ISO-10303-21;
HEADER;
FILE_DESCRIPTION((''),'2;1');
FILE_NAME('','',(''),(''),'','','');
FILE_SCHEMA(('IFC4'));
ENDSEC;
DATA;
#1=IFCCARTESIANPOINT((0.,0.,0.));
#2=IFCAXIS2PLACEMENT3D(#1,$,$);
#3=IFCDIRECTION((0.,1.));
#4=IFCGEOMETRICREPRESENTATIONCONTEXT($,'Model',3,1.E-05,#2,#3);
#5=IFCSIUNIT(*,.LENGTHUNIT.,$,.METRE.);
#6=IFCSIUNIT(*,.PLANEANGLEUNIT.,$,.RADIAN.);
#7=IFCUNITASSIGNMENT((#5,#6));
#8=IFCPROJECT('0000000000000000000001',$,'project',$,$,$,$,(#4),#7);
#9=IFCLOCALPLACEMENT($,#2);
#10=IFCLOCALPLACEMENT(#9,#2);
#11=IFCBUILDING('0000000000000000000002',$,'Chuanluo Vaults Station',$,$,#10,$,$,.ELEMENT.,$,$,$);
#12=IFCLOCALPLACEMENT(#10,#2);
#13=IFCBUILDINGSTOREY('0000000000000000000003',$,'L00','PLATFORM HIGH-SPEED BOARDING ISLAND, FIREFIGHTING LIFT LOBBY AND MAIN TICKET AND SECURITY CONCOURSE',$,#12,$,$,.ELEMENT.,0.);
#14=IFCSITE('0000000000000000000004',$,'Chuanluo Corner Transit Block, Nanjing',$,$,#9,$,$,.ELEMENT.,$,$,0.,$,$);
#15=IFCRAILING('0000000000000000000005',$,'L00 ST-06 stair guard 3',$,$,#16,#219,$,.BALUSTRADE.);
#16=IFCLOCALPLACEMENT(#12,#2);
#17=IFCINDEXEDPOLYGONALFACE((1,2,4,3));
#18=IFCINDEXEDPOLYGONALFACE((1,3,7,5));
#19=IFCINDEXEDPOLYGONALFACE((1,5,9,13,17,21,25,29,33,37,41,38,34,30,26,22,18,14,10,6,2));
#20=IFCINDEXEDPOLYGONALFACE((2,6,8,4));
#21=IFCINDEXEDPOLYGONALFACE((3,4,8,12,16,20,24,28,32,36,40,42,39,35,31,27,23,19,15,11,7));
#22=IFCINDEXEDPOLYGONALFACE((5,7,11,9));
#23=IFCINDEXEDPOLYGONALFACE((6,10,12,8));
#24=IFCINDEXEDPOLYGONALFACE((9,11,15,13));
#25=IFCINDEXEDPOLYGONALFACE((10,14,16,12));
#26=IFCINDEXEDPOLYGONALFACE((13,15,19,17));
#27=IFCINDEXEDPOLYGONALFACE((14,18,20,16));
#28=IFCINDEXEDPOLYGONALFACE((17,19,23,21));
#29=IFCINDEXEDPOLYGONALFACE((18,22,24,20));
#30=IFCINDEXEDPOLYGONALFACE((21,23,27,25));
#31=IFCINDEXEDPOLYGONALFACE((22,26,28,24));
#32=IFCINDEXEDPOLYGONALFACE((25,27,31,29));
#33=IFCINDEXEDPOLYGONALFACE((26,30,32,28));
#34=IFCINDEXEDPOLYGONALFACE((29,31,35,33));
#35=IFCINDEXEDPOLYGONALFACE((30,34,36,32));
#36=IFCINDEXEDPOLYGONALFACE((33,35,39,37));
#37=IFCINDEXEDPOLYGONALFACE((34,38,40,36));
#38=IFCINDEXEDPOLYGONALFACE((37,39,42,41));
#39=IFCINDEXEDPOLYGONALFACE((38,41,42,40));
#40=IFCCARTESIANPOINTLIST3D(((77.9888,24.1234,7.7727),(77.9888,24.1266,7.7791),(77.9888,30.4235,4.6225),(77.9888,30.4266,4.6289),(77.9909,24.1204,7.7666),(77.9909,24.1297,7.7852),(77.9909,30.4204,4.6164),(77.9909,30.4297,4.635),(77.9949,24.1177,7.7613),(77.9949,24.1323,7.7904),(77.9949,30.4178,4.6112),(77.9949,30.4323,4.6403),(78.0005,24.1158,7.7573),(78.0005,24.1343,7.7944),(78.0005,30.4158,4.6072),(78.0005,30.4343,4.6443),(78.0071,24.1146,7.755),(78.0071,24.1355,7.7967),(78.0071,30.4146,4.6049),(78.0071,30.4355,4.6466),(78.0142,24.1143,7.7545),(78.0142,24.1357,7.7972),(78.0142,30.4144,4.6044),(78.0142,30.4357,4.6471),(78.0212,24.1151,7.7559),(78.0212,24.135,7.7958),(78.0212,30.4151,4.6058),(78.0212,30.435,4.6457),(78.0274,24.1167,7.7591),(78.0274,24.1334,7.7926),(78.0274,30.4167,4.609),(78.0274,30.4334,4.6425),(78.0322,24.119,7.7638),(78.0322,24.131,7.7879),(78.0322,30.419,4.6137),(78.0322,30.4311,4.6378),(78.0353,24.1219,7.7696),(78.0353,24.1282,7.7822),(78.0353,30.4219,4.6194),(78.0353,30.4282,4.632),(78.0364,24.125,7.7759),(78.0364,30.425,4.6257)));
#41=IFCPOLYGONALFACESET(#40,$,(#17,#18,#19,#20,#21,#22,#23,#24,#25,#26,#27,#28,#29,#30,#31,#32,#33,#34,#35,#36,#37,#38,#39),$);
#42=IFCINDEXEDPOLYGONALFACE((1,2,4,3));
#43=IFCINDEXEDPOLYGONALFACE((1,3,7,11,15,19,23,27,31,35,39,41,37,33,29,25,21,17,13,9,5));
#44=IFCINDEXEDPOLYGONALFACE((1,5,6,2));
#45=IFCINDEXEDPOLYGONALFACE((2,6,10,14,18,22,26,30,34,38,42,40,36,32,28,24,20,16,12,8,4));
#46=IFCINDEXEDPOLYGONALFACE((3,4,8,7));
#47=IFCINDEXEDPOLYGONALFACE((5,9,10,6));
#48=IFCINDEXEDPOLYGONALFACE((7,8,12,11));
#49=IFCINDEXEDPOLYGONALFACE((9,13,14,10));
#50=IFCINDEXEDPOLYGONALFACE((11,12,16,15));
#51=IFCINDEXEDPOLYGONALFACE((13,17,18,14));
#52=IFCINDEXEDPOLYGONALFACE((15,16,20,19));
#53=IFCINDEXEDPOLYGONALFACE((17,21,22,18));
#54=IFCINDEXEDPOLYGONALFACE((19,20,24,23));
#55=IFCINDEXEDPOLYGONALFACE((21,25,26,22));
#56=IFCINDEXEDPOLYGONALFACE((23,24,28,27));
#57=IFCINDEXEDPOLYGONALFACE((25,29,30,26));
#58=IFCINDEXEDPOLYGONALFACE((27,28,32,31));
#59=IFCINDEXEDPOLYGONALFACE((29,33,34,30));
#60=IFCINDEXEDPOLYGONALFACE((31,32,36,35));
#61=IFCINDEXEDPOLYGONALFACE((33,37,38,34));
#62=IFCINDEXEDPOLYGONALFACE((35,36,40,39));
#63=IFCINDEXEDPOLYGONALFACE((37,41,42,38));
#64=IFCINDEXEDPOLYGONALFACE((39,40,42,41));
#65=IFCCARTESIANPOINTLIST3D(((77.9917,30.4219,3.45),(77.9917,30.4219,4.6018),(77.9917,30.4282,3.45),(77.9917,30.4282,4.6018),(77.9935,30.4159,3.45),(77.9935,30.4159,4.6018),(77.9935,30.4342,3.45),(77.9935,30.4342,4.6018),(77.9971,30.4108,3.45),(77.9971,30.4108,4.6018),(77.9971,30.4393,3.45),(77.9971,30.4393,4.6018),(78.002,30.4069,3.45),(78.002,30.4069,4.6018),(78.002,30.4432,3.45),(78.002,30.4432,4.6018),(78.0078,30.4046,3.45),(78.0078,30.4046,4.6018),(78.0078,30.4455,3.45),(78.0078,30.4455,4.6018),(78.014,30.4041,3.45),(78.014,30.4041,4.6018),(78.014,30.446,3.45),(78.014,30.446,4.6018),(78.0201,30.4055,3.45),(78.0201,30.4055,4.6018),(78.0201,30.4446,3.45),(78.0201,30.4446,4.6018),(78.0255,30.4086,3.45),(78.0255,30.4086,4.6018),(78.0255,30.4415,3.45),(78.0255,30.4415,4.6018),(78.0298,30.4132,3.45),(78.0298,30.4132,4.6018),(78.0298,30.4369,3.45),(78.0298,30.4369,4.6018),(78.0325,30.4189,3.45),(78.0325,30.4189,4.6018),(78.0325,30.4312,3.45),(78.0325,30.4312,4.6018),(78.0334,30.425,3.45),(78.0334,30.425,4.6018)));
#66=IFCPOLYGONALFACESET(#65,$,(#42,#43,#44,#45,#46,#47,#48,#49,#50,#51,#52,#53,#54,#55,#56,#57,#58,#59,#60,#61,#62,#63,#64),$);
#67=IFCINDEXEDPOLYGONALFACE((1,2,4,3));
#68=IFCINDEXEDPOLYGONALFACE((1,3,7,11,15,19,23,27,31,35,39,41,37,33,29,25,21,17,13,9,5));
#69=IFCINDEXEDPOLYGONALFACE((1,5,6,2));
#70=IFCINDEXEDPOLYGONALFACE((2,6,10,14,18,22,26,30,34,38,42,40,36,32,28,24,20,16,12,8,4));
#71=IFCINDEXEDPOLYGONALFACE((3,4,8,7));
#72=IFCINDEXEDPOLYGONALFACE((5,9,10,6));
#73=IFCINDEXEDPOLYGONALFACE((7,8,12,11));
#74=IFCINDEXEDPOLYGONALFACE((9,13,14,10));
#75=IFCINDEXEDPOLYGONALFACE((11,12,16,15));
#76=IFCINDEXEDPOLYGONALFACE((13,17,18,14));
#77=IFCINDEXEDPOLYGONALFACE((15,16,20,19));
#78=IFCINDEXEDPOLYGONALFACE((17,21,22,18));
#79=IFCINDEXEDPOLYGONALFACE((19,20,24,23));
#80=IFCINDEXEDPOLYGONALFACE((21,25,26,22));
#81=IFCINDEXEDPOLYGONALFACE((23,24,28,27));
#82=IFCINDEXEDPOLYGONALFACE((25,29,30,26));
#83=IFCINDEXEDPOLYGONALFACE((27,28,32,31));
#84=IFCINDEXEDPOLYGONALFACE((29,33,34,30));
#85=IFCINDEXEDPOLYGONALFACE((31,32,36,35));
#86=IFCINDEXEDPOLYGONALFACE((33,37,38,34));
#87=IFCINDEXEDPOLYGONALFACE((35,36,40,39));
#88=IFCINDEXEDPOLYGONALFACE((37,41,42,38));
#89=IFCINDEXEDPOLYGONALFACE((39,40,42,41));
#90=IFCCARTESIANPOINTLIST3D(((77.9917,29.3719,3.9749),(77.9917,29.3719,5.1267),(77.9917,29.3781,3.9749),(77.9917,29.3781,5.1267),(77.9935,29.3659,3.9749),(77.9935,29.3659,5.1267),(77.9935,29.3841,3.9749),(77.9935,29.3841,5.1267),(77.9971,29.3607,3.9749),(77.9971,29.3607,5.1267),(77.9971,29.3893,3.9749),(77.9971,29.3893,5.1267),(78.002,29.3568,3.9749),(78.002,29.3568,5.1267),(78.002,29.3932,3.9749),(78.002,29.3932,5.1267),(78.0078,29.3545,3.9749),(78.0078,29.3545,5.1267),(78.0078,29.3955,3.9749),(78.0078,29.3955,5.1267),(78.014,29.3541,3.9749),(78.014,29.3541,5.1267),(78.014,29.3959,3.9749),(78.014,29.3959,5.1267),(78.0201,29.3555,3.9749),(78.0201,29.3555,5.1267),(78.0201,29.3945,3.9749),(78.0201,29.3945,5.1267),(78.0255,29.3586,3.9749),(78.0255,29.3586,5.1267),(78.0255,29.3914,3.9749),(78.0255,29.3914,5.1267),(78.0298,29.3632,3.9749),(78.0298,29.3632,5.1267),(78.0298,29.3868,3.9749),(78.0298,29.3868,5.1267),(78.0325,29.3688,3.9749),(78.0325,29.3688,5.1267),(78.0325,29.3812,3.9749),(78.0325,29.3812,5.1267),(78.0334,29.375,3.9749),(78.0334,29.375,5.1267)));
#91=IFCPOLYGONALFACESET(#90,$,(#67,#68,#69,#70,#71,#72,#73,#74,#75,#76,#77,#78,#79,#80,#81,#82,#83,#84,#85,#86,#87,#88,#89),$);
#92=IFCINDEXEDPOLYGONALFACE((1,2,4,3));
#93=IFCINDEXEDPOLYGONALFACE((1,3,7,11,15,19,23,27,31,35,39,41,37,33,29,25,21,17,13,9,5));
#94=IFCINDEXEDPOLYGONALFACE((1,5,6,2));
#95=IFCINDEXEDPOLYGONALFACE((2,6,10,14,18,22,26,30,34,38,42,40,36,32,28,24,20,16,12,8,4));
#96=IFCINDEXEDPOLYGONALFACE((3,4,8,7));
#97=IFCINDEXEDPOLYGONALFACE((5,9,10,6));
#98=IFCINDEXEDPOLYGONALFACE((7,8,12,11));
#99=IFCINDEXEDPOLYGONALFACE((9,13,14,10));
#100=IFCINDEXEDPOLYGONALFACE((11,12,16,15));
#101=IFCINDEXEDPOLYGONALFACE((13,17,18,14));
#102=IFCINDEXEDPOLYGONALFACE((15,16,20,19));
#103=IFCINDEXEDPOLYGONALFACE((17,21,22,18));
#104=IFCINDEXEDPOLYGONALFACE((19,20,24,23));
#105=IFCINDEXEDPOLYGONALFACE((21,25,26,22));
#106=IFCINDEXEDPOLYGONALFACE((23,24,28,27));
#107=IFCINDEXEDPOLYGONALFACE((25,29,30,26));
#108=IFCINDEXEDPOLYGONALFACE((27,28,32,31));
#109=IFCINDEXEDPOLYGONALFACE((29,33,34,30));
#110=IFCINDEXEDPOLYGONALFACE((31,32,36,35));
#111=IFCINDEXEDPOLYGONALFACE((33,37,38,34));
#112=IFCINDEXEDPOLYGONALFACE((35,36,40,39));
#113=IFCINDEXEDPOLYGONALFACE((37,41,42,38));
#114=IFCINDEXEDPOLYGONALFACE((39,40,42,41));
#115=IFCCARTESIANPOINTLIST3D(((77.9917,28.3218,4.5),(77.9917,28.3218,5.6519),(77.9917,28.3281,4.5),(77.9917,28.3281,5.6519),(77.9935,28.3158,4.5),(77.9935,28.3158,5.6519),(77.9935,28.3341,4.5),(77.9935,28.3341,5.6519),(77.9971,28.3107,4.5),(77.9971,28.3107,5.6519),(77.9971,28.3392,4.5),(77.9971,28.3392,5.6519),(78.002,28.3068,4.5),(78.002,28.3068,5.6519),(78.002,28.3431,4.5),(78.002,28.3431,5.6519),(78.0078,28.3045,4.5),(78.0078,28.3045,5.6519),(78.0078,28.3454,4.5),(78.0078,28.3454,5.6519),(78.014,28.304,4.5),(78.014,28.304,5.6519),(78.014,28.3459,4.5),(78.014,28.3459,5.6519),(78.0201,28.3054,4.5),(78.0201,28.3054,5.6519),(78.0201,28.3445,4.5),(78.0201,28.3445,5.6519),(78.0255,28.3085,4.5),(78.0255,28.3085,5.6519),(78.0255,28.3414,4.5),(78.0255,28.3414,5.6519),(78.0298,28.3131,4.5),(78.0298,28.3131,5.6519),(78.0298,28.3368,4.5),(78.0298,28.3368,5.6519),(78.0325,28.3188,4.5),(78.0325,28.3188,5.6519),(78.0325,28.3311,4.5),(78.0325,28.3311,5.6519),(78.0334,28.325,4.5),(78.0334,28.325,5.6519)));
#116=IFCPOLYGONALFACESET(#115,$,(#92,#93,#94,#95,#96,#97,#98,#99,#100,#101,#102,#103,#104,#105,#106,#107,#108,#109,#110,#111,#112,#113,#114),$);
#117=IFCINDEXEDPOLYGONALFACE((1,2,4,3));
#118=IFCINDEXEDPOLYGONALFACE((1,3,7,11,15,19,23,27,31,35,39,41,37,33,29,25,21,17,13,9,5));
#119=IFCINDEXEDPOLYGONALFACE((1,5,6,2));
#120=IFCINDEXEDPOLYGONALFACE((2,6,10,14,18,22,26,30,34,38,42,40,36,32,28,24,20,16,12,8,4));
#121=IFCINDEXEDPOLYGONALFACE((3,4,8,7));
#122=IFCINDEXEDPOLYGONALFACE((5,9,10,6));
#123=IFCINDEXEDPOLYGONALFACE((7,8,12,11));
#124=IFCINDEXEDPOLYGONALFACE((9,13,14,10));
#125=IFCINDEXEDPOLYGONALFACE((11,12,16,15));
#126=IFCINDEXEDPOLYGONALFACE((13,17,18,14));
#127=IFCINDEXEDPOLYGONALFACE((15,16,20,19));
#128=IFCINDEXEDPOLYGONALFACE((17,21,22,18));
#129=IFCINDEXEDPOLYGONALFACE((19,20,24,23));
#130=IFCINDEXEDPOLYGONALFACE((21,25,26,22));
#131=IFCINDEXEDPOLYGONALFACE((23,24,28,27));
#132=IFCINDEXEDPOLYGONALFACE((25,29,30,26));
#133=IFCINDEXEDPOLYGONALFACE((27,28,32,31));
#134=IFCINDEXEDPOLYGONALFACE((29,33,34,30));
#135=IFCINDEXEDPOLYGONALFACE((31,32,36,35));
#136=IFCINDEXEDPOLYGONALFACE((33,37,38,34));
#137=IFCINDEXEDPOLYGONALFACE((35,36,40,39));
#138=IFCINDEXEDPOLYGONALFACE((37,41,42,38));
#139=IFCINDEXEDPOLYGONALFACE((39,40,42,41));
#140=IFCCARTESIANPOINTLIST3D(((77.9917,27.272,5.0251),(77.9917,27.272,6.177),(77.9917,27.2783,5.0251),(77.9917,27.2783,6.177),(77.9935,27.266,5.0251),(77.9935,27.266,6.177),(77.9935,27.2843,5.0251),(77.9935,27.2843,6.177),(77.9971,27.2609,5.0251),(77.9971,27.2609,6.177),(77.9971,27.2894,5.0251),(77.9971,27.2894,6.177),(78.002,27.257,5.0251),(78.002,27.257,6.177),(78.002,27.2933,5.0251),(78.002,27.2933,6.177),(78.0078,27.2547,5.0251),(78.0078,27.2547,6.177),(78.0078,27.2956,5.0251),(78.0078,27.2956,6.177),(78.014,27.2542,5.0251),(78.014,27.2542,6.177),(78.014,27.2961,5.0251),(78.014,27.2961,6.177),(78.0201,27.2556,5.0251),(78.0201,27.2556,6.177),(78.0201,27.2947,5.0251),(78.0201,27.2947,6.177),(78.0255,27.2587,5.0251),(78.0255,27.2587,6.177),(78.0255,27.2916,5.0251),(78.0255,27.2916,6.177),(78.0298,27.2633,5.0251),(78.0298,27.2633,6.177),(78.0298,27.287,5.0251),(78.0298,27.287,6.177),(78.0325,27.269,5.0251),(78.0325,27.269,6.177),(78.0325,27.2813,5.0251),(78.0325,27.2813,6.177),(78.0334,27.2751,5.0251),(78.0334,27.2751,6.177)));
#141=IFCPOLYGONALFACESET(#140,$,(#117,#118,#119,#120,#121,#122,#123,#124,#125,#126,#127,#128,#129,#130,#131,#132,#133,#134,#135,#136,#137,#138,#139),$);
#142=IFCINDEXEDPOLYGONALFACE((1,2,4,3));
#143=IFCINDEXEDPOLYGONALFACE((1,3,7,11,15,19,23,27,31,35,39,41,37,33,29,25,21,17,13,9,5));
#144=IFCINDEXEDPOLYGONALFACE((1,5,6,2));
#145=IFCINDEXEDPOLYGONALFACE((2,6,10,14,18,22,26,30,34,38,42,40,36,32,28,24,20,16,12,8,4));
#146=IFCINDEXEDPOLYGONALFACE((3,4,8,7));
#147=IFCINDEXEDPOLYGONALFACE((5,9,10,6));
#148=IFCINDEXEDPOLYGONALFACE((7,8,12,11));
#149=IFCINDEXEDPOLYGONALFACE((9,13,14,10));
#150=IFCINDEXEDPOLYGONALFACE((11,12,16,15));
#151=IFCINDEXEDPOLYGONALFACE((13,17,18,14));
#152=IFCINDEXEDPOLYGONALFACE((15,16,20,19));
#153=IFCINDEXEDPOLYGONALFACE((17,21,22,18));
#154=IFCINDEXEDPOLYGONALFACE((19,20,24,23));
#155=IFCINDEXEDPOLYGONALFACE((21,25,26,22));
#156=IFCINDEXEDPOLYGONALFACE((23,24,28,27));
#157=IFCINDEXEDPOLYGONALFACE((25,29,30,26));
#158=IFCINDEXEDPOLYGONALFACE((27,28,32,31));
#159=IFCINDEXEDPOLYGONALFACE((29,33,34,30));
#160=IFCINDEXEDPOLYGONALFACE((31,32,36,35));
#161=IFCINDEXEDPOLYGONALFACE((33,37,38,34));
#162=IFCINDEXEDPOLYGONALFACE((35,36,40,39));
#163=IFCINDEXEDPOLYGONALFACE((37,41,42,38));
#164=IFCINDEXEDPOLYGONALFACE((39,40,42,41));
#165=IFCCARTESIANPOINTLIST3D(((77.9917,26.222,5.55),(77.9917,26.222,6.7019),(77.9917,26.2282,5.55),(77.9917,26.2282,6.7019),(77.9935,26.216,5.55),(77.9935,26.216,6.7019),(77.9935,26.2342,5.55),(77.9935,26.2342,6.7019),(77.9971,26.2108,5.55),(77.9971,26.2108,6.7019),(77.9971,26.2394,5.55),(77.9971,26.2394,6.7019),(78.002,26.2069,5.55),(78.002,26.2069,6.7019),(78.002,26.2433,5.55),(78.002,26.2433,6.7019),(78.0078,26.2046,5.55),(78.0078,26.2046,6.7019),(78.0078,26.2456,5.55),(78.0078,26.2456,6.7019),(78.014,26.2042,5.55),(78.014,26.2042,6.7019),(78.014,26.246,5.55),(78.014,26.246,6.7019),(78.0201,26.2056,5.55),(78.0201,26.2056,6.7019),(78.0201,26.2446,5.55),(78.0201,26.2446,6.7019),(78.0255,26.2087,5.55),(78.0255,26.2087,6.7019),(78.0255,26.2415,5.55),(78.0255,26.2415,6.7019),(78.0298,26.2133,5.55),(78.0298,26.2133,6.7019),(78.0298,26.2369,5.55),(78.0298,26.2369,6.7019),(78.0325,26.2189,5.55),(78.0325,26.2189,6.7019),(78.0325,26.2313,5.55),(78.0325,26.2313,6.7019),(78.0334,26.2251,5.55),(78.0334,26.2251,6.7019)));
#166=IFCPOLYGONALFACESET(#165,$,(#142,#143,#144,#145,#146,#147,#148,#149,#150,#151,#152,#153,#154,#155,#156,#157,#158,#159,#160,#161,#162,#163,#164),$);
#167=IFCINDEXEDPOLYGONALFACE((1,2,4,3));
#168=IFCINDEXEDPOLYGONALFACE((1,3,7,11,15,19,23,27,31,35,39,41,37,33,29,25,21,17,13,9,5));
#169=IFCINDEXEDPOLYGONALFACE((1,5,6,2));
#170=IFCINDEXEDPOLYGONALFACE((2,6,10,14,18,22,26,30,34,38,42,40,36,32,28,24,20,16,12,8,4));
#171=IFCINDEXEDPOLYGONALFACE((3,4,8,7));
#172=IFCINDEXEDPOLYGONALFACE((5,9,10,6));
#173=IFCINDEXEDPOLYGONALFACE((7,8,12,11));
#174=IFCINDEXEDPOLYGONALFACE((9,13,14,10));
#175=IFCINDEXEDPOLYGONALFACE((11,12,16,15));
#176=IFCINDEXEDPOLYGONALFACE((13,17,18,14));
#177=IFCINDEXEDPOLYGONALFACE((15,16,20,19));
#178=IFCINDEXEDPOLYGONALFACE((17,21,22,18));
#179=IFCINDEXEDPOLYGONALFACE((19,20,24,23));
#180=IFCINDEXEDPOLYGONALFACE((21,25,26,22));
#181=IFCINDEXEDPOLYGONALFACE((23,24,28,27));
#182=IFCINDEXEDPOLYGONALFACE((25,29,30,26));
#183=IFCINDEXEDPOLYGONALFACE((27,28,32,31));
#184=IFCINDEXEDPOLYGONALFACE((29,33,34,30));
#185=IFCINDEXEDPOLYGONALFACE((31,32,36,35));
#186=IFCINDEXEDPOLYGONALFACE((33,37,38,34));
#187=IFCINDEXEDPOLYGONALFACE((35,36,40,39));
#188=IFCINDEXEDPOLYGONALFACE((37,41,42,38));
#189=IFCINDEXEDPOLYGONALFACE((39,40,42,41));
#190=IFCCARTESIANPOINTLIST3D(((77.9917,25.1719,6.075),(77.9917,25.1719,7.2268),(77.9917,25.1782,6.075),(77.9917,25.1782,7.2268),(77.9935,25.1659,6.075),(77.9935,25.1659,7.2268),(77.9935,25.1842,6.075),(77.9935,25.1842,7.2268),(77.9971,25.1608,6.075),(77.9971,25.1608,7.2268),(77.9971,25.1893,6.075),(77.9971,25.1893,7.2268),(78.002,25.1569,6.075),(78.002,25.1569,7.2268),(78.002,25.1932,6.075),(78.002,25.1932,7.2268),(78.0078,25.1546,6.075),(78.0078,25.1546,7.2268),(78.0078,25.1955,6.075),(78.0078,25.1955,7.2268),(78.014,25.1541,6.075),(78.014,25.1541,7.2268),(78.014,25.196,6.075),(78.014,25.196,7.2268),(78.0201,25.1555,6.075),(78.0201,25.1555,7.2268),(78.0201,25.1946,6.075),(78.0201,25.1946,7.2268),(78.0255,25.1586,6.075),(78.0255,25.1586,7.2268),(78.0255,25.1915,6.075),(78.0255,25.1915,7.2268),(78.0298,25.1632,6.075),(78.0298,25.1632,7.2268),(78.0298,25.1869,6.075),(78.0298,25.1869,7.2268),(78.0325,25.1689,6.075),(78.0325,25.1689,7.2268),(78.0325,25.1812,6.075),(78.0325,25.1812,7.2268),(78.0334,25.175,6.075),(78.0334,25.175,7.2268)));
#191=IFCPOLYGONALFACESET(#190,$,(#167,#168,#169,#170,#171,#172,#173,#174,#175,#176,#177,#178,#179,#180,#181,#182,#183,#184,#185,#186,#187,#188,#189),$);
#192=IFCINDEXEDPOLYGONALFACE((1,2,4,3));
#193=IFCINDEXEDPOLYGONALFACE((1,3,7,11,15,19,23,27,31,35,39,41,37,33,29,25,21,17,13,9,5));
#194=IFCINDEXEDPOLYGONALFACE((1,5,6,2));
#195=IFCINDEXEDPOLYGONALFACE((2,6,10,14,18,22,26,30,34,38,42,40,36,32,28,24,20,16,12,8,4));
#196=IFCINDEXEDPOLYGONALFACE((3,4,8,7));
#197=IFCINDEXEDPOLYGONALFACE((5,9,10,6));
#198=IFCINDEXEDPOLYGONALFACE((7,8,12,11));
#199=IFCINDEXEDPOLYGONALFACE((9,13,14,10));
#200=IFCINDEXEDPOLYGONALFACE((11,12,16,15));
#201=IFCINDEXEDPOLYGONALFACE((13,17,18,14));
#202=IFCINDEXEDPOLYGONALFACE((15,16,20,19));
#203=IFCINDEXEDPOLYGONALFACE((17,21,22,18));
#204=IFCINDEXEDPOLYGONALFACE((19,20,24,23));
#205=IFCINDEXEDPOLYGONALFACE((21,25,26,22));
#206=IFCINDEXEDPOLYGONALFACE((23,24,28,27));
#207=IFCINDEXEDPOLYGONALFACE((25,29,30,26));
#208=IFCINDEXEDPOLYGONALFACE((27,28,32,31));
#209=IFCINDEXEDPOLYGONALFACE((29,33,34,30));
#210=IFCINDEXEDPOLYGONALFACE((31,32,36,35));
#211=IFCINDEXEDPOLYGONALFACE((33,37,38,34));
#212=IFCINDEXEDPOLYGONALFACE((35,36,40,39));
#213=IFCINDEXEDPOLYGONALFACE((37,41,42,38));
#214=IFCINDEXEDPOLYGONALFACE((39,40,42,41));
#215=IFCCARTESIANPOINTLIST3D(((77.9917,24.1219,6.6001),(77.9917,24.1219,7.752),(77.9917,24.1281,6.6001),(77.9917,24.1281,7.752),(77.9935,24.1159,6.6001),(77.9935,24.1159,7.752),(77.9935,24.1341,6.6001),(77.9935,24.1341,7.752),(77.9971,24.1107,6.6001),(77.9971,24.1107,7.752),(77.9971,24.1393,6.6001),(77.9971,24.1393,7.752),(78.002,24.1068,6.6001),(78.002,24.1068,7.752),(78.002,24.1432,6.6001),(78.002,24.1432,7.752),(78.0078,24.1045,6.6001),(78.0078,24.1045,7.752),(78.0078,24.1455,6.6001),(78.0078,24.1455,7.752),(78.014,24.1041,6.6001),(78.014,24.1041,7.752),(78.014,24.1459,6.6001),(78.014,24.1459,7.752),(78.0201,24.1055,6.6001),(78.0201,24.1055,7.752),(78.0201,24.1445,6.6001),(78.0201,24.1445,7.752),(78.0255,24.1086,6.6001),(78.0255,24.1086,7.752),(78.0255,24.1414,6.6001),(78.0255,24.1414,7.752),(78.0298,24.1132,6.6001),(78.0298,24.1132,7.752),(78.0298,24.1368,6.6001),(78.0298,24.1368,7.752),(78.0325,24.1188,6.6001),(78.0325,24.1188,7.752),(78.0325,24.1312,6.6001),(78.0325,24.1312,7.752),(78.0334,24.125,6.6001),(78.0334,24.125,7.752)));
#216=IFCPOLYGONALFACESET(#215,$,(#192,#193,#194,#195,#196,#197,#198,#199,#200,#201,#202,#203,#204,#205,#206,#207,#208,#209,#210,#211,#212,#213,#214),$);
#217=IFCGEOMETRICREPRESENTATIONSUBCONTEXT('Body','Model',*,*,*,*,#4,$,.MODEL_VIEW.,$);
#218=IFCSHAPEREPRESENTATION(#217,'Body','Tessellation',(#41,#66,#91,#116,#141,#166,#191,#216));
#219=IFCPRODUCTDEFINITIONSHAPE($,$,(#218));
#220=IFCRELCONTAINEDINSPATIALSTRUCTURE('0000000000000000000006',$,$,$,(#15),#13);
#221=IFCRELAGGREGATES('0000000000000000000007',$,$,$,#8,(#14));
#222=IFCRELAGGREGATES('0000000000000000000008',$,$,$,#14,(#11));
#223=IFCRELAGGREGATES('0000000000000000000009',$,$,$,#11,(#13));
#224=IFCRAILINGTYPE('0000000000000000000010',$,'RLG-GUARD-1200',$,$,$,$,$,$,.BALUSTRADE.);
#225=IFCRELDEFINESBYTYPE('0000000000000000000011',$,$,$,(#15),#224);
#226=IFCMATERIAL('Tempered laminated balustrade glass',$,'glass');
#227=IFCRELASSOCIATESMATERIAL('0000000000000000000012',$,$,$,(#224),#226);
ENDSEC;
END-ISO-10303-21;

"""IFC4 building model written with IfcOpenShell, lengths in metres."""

from ifc_helpers import new_model, si_unit, direction, frame, origin, origin_2d, place, context, subcontext, project, spatial, circle, extrude, material, type_object, element, save


model = new_model("IFC4")

# Units and contexts
model_context = context("Model", 3, precision=1e-05, world=origin(), true_north=direction((0.0, 1.0)))
body_context = subcontext(model_context, "Body", "Model", "MODEL_VIEW")
ifc_project = project(units=[si_unit("LENGTHUNIT", "METRE"), si_unit("PLANEANGLEUNIT", "RADIAN")], contexts=[model_context])

# Site, building, storey
site_placement = place(None, origin())
site = spatial("IfcSite", under=ifc_project, at=site_placement, Name="Chuanluo Corner Transit Block, Nanjing", CompositionType="ELEMENT", RefElevation=0.0)
building_placement = place(site_placement, origin())
building = spatial("IfcBuilding", under=site, at=building_placement, Name="Chuanluo Vaults Station", CompositionType="ELEMENT")
storey_placement = place(building_placement, origin())
storey = spatial("IfcBuildingStorey", under=building, at=storey_placement, Name="L00", Description="PLATFORM HIGH-SPEED BOARDING ISLAND, FIREFIGHTING LIFT LOBBY AND MAIN TICKET AND SECURITY CONCOURSE", CompositionType="ELEMENT", Elevation=0.0)

# Railing
ifc_material_1 = material(Name="Tempered laminated balustrade glass", Category="glass")
railing_type = type_object("IfcRailingType", Name="RLG-GUARD-1200", PredefinedType="BALUSTRADE", material=ifc_material_1)
railing_1_placement = place(storey_placement, frame((78.0125, 30.425, 3.45)))
element("IfcRailing", 1, at=railing_1_placement, inside=storey, type_object=railing_type, Name="L00 ST-06 stair guard 3", PredefinedType="BALUSTRADE", context=body_context, shape_type="SweptSolid", body=[
    extrude(circle(Radius=0.0239, at=origin_2d()), frame((0.0, 0.0, 1.1758), z_axis=(0.0, -0.89442, 0.447227), x_axis=(1.0, 0.0, 0.0)), (0.0, 0.0, 1.0), 7.0437),
    extrude(circle(Radius=0.021, at=origin_2d()), origin(), (0.0, 0.0, 1.0), 1.1519),
    extrude(circle(Radius=0.021, at=origin_2d()), frame((0.0, -1.05, 0.5249)), (0.0, 0.0, 1.0), 1.1519),
    extrude(circle(Radius=0.021, at=origin_2d()), frame((0.0, -2.1001, 1.05)), (0.0, 0.0, 1.0), 1.1519),
    extrude(circle(Radius=0.021, at=origin_2d()), frame((0.0, -3.1499, 1.5752)), (0.0, 0.0, 1.0), 1.1519),
    extrude(circle(Radius=0.021, at=origin_2d()), frame((0.0, -4.2, 2.1001)), (0.0, 0.0, 1.0), 1.1519),
    extrude(circle(Radius=0.021, at=origin_2d()), frame((0.0, -5.25, 2.625)), (0.0, 0.0, 1.0), 1.1519),
    extrude(circle(Radius=0.021, at=origin_2d()), frame((0.0, -6.3, 3.1501)), (0.0, 0.0, 1.0), 1.1519),
])

save(model, "model.ifc")
